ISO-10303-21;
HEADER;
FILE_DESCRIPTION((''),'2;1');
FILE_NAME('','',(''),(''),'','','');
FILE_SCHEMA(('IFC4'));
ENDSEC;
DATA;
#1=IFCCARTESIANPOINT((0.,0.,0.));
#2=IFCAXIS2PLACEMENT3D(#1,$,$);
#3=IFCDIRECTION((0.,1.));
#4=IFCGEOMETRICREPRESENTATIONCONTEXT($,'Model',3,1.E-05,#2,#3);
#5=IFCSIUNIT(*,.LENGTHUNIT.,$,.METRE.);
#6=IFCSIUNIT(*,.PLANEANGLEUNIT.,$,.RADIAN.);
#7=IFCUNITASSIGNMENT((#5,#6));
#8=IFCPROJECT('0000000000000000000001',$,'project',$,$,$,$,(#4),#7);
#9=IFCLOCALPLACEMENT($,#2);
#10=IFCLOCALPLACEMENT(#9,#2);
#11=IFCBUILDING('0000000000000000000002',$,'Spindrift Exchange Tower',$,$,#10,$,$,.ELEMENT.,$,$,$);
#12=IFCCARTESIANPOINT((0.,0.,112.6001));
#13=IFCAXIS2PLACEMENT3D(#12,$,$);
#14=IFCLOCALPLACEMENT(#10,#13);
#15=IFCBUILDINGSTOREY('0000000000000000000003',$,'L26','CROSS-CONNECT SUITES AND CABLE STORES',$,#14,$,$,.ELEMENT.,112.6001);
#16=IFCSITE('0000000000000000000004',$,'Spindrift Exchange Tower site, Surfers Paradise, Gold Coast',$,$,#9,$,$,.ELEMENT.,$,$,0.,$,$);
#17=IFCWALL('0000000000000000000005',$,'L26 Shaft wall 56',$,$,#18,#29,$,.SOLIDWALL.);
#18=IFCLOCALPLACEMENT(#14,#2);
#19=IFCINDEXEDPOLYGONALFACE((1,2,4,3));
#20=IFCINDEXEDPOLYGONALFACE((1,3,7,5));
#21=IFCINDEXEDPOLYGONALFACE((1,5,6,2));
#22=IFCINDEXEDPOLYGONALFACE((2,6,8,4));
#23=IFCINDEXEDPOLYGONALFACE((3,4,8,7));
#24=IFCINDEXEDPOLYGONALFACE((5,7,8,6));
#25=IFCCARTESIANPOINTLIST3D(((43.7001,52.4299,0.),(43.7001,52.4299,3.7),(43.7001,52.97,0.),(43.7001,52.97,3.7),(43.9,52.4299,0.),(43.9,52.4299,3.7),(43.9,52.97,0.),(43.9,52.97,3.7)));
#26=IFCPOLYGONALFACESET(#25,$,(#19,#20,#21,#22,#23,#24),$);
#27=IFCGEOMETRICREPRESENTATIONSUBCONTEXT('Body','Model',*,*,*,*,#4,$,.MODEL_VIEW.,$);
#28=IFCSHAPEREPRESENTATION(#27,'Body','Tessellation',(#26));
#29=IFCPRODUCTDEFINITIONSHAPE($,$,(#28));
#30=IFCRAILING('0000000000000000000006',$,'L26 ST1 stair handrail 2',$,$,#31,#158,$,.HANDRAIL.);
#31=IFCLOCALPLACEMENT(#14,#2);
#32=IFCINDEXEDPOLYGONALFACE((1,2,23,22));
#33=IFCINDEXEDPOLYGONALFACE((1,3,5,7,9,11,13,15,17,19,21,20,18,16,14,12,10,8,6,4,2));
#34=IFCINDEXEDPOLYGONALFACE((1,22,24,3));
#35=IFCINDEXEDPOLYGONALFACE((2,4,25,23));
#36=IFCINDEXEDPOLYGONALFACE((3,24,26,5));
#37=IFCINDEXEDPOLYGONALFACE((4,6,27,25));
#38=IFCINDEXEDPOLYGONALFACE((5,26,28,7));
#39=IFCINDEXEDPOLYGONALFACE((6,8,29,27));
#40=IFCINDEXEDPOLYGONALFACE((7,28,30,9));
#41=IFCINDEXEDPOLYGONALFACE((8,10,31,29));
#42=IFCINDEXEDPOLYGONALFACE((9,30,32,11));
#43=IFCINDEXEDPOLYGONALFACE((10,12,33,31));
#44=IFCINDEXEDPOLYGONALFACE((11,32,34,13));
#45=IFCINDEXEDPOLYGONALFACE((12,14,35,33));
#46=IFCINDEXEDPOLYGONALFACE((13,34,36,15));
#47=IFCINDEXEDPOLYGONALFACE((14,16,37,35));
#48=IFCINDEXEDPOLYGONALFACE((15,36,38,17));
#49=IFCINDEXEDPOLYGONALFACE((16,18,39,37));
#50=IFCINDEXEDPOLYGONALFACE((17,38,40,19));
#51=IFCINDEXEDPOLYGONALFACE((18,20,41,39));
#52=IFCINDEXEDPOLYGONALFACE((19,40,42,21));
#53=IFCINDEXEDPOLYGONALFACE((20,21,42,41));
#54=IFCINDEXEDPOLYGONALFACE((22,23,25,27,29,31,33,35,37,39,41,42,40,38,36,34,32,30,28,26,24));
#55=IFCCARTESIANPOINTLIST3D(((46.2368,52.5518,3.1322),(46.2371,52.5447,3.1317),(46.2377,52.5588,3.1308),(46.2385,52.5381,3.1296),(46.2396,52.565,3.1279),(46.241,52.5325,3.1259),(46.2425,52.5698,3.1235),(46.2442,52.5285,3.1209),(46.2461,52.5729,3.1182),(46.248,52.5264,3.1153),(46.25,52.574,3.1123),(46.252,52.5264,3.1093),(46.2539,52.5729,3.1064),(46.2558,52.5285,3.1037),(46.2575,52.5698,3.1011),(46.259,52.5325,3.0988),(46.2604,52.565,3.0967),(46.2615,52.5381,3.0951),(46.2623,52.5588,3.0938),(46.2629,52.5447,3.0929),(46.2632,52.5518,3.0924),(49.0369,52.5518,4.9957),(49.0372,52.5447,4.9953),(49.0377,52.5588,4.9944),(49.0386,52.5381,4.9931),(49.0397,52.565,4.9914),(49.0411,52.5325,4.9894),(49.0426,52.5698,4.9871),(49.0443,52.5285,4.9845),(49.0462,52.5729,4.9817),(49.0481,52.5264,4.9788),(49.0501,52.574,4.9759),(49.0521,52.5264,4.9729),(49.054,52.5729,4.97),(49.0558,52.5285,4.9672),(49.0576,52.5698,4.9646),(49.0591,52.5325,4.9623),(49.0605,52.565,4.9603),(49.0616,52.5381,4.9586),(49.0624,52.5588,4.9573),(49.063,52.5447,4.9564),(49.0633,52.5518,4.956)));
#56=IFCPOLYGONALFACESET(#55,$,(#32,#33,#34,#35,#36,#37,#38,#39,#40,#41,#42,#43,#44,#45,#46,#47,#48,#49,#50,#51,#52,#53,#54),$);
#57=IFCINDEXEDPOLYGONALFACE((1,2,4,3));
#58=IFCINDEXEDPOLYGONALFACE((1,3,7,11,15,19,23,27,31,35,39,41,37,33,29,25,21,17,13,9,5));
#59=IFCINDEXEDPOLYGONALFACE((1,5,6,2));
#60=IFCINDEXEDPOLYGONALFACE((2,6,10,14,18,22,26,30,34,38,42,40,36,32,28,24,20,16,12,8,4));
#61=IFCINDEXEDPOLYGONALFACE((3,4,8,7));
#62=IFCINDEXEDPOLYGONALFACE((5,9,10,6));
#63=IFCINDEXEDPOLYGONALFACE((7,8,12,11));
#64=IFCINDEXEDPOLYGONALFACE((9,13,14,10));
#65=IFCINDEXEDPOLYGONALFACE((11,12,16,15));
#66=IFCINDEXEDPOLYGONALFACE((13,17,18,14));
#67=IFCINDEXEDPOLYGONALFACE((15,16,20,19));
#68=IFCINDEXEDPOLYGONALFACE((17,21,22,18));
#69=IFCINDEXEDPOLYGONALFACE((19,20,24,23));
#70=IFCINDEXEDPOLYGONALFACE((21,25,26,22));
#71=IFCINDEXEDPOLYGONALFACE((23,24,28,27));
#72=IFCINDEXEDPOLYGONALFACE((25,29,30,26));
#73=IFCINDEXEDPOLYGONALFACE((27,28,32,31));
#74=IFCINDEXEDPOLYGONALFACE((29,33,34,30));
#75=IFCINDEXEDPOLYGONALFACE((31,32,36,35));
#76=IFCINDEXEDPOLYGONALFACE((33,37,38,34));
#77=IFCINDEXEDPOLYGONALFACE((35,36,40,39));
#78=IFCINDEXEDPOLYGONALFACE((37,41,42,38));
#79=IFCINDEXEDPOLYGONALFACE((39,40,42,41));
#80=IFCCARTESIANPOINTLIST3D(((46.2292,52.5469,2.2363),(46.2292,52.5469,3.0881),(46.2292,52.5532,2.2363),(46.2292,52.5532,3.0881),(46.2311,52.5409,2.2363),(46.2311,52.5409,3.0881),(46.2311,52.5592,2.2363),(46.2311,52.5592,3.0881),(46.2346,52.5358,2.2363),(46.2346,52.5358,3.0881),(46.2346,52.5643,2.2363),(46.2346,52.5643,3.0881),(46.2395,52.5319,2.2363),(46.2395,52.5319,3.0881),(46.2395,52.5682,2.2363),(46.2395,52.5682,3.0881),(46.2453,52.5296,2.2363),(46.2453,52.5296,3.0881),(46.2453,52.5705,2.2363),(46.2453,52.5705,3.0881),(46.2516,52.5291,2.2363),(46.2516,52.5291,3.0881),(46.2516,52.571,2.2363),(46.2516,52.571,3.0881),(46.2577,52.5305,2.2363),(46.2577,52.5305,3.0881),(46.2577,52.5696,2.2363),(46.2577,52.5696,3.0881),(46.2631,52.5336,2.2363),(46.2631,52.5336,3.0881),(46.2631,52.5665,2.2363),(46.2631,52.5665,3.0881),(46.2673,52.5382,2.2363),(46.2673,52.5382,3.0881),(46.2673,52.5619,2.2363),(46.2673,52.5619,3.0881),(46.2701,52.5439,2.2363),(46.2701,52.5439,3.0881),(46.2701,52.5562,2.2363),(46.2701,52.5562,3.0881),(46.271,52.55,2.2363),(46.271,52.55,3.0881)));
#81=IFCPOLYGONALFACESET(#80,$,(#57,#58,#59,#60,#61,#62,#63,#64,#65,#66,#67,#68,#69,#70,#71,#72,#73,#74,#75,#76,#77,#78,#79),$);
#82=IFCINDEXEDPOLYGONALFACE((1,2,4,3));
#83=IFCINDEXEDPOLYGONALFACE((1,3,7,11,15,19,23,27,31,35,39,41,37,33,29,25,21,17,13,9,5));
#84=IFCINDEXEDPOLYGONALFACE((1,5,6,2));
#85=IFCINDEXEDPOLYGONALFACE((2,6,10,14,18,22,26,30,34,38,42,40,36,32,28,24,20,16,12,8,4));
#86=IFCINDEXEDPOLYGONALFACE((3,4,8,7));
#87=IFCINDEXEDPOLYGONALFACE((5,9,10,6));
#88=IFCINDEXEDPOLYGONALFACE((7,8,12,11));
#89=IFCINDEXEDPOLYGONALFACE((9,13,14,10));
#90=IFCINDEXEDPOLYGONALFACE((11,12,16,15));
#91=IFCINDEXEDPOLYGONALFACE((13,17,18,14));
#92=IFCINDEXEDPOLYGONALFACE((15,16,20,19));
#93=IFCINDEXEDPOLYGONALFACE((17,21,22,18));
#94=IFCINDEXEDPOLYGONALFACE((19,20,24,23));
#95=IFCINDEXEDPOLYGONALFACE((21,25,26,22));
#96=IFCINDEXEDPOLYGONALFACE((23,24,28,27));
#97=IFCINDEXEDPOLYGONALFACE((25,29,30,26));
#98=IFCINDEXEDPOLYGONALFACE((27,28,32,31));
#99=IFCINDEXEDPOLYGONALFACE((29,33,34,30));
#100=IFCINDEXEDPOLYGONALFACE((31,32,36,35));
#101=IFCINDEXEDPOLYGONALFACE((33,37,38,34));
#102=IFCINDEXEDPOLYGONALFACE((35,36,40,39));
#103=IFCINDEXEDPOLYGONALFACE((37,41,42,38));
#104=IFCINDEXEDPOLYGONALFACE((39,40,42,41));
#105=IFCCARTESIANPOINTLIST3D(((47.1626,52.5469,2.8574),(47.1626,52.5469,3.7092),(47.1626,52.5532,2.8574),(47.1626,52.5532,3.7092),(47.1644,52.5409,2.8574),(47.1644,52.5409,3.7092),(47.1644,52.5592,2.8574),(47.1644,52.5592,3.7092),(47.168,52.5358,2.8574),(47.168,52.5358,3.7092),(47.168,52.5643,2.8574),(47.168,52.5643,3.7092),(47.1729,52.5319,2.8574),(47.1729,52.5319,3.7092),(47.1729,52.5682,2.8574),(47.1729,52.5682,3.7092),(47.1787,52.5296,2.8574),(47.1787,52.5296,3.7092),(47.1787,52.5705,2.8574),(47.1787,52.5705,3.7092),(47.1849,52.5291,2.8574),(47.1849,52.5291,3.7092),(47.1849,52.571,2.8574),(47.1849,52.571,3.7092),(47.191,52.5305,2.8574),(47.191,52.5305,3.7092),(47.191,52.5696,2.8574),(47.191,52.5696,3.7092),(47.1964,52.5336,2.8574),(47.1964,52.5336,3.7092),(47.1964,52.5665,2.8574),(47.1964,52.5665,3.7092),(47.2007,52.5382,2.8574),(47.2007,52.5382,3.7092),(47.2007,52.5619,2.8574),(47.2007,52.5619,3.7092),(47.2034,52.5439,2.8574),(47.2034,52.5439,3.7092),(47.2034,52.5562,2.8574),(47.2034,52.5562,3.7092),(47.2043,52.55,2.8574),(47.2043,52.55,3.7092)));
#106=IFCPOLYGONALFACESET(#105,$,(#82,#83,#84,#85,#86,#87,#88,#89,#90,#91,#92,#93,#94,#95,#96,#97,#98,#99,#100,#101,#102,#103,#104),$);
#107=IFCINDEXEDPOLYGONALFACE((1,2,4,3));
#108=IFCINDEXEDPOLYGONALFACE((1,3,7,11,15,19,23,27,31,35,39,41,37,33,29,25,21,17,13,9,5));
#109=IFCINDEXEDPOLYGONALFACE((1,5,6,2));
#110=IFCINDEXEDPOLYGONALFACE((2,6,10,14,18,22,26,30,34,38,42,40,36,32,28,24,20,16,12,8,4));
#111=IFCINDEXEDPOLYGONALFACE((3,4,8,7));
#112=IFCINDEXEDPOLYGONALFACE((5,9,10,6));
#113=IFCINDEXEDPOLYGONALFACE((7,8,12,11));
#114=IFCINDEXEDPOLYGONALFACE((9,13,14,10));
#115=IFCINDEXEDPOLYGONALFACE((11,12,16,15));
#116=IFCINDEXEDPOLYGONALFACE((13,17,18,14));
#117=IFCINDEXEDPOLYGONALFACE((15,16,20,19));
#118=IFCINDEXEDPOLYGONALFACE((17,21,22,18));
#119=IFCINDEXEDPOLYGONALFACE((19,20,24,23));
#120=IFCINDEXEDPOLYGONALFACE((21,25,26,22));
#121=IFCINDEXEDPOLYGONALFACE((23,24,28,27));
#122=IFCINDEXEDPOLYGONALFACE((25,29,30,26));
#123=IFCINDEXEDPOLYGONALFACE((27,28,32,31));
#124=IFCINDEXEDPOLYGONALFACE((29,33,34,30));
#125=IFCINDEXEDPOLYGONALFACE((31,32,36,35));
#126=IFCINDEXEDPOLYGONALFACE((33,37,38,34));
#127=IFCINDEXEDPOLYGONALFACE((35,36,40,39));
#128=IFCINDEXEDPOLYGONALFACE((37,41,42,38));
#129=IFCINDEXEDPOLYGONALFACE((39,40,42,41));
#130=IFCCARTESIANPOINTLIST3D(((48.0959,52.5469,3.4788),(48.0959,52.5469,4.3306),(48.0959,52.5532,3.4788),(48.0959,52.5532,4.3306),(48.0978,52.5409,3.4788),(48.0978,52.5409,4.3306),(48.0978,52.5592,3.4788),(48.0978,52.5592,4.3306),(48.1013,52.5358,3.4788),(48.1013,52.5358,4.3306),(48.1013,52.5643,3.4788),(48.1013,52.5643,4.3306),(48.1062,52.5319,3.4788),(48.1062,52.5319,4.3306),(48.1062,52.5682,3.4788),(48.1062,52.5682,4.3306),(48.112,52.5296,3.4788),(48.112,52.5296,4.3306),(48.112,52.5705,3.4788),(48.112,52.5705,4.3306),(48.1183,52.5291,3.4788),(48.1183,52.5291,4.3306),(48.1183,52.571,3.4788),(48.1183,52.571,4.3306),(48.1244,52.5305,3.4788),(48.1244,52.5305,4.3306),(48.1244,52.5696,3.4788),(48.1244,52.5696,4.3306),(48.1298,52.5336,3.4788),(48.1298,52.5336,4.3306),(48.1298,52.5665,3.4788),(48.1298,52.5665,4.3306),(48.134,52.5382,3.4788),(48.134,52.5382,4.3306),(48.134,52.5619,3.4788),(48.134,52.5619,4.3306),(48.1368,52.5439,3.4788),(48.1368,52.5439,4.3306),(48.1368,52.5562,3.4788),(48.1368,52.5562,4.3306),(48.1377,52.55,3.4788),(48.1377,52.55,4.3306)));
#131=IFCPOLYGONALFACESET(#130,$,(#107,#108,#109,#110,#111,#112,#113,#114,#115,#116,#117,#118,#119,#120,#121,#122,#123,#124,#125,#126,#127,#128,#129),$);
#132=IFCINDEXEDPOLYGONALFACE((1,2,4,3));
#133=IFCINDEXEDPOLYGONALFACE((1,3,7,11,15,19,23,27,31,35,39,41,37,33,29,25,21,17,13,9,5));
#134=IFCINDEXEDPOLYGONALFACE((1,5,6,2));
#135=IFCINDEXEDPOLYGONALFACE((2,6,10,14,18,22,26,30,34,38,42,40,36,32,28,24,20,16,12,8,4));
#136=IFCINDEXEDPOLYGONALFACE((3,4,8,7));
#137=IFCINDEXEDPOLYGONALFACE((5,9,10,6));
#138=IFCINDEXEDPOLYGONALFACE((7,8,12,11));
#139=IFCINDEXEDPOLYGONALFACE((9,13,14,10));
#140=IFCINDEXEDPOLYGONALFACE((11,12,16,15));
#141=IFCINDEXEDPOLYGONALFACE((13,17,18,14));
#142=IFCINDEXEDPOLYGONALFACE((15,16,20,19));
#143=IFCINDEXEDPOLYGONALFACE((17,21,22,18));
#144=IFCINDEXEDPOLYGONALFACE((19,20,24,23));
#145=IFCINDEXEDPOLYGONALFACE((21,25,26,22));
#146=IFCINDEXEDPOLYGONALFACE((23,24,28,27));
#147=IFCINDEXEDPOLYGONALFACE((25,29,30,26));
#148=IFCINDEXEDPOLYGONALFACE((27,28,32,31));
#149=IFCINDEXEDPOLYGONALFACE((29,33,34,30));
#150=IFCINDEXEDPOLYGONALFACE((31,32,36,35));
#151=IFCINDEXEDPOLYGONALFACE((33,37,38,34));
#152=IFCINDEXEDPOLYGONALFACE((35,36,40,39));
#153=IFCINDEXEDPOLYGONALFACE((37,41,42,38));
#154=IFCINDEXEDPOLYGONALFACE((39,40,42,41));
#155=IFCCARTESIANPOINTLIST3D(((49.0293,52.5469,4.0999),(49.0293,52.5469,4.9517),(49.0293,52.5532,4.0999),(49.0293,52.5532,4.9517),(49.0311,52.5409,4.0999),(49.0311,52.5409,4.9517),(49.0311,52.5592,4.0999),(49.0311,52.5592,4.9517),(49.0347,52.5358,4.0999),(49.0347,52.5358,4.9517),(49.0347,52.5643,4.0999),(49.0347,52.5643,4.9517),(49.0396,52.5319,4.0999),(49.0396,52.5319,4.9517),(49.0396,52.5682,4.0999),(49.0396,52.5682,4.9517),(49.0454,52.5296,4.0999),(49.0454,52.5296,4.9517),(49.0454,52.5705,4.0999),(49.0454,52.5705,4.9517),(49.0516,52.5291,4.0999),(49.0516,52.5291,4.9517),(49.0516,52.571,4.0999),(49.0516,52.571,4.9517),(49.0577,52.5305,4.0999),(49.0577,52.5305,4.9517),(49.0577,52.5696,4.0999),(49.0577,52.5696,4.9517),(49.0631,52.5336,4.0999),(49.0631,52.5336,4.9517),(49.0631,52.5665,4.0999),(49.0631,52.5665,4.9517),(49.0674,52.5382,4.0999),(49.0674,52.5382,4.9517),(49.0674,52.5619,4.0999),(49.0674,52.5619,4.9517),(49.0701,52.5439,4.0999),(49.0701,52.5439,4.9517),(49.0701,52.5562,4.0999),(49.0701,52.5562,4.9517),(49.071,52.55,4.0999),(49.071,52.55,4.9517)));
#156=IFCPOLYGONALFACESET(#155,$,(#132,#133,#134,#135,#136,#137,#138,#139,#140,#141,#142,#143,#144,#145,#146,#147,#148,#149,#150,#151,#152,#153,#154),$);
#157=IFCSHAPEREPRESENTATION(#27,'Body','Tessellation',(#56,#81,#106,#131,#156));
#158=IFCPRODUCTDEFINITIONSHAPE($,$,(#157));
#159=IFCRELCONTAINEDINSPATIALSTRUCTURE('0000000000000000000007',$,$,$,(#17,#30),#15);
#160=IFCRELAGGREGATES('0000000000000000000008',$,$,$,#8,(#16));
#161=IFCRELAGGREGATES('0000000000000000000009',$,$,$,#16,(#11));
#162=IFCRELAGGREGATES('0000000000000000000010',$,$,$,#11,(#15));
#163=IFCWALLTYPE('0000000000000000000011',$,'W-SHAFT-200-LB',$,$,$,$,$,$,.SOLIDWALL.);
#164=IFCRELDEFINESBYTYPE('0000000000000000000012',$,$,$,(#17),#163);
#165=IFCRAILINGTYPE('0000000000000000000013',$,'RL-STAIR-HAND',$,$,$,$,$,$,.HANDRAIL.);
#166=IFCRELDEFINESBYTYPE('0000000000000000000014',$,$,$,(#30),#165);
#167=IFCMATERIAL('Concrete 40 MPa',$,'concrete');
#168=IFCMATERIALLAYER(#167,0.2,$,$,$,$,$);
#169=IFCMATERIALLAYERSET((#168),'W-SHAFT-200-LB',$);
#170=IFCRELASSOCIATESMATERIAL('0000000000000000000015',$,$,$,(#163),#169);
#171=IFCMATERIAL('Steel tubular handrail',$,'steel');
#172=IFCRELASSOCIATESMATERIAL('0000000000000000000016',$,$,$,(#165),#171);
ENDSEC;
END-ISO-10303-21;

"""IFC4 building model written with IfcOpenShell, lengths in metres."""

from ifc_helpers import new_model, si_unit, direction, frame, frame_2d, origin, origin_2d, place, context, subcontext, project, spatial, rectangle, circle, extrude, material, layer, layer_set, type_object, element, save


model = new_model("IFC4")

# Units and contexts
model_context = context("Model", 3, precision=1e-05, world=origin(), true_north=direction((0.0, 1.0)))
body_context = subcontext(model_context, "Body", "Model", "MODEL_VIEW")
ifc_project = project(units=[si_unit("LENGTHUNIT", "METRE"), si_unit("PLANEANGLEUNIT", "RADIAN")], contexts=[model_context])

# Site, building, storey
site_placement = place(None, origin())
site = spatial("IfcSite", under=ifc_project, at=site_placement, Name="Spindrift Exchange Tower site, Surfers Paradise, Gold Coast", CompositionType="ELEMENT", RefElevation=0.0)
building_placement = place(site_placement, origin())
building = spatial("IfcBuilding", under=site, at=building_placement, Name="Spindrift Exchange Tower", CompositionType="ELEMENT")
storey_placement = place(building_placement, frame((0.0, 0.0, 112.6001)))
storey = spatial("IfcBuildingStorey", under=building, at=storey_placement, Name="L26", Description="CROSS-CONNECT SUITES AND CABLE STORES", CompositionType="ELEMENT", Elevation=112.6001)

# Wall
ifc_material_1 = material(Name="Concrete 40 MPa", Category="concrete")
ifc_layer_1 = layer(ifc_material_1, 0.2)
ifc_layer_set_1 = layer_set([ifc_layer_1], Name="W-SHAFT-200-LB")
wall_type_1 = type_object("IfcWallType", Name="W-SHAFT-200-LB", PredefinedType="SOLIDWALL", material=ifc_layer_set_1)
wall_1_placement = place(storey_placement, frame((43.8, 52.4299, 0.0), z_axis=(0.0, 0.0, 1.0), x_axis=(0.0, 1.0, 0.0)))
element("IfcWall", 1, at=wall_1_placement, inside=storey, type_object=wall_type_1, Name="L26 Shaft wall 56", PredefinedType="SOLIDWALL", context=body_context, shape_type="SweptSolid", body=[
    extrude(rectangle(XDim=0.54, YDim=0.2, at=frame_2d((0.27, 0.0))), origin(), (0.0, 0.0, 1.0), 3.7),
])

# Railing
ifc_material_2 = material(Name="Steel tubular handrail", Category="steel")
railing_type = type_object("IfcRailingType", Name="RL-STAIR-HAND", PredefinedType="HANDRAIL", material=ifc_material_2)
railing_placement = place(storey_placement, frame((46.25, 52.55, 2.2363)))
element("IfcRailing", 2, at=railing_placement, inside=storey, type_object=railing_type, Name="L26 ST1 stair handrail 2", PredefinedType="HANDRAIL", context=body_context, shape_type="SweptSolid", body=[
    extrude(circle(Radius=0.0239, at=origin_2d()), frame((0.0, 0.0, 0.876), z_axis=(0.832486, 0.0, 0.554047), x_axis=(0.0, 1.0, 0.0)), (0.0, 0.0, 1.0), 3.3635),
    extrude(circle(Radius=0.021, at=origin_2d()), origin(), (0.0, 0.0, 1.0), 0.8518),
    extrude(circle(Radius=0.021, at=origin_2d()), frame((0.9333, 0.0, 0.6211)), (0.0, 0.0, 1.0), 0.8518),
    extrude(circle(Radius=0.021, at=origin_2d()), frame((1.8667, 0.0, 1.2424)), (0.0, 0.0, 1.0), 0.8518),
    extrude(circle(Radius=0.021, at=origin_2d()), frame((2.8, 0.0, 1.8635)), (0.0, 0.0, 1.0), 0.8518),
])

save(model, "model.ifc")
